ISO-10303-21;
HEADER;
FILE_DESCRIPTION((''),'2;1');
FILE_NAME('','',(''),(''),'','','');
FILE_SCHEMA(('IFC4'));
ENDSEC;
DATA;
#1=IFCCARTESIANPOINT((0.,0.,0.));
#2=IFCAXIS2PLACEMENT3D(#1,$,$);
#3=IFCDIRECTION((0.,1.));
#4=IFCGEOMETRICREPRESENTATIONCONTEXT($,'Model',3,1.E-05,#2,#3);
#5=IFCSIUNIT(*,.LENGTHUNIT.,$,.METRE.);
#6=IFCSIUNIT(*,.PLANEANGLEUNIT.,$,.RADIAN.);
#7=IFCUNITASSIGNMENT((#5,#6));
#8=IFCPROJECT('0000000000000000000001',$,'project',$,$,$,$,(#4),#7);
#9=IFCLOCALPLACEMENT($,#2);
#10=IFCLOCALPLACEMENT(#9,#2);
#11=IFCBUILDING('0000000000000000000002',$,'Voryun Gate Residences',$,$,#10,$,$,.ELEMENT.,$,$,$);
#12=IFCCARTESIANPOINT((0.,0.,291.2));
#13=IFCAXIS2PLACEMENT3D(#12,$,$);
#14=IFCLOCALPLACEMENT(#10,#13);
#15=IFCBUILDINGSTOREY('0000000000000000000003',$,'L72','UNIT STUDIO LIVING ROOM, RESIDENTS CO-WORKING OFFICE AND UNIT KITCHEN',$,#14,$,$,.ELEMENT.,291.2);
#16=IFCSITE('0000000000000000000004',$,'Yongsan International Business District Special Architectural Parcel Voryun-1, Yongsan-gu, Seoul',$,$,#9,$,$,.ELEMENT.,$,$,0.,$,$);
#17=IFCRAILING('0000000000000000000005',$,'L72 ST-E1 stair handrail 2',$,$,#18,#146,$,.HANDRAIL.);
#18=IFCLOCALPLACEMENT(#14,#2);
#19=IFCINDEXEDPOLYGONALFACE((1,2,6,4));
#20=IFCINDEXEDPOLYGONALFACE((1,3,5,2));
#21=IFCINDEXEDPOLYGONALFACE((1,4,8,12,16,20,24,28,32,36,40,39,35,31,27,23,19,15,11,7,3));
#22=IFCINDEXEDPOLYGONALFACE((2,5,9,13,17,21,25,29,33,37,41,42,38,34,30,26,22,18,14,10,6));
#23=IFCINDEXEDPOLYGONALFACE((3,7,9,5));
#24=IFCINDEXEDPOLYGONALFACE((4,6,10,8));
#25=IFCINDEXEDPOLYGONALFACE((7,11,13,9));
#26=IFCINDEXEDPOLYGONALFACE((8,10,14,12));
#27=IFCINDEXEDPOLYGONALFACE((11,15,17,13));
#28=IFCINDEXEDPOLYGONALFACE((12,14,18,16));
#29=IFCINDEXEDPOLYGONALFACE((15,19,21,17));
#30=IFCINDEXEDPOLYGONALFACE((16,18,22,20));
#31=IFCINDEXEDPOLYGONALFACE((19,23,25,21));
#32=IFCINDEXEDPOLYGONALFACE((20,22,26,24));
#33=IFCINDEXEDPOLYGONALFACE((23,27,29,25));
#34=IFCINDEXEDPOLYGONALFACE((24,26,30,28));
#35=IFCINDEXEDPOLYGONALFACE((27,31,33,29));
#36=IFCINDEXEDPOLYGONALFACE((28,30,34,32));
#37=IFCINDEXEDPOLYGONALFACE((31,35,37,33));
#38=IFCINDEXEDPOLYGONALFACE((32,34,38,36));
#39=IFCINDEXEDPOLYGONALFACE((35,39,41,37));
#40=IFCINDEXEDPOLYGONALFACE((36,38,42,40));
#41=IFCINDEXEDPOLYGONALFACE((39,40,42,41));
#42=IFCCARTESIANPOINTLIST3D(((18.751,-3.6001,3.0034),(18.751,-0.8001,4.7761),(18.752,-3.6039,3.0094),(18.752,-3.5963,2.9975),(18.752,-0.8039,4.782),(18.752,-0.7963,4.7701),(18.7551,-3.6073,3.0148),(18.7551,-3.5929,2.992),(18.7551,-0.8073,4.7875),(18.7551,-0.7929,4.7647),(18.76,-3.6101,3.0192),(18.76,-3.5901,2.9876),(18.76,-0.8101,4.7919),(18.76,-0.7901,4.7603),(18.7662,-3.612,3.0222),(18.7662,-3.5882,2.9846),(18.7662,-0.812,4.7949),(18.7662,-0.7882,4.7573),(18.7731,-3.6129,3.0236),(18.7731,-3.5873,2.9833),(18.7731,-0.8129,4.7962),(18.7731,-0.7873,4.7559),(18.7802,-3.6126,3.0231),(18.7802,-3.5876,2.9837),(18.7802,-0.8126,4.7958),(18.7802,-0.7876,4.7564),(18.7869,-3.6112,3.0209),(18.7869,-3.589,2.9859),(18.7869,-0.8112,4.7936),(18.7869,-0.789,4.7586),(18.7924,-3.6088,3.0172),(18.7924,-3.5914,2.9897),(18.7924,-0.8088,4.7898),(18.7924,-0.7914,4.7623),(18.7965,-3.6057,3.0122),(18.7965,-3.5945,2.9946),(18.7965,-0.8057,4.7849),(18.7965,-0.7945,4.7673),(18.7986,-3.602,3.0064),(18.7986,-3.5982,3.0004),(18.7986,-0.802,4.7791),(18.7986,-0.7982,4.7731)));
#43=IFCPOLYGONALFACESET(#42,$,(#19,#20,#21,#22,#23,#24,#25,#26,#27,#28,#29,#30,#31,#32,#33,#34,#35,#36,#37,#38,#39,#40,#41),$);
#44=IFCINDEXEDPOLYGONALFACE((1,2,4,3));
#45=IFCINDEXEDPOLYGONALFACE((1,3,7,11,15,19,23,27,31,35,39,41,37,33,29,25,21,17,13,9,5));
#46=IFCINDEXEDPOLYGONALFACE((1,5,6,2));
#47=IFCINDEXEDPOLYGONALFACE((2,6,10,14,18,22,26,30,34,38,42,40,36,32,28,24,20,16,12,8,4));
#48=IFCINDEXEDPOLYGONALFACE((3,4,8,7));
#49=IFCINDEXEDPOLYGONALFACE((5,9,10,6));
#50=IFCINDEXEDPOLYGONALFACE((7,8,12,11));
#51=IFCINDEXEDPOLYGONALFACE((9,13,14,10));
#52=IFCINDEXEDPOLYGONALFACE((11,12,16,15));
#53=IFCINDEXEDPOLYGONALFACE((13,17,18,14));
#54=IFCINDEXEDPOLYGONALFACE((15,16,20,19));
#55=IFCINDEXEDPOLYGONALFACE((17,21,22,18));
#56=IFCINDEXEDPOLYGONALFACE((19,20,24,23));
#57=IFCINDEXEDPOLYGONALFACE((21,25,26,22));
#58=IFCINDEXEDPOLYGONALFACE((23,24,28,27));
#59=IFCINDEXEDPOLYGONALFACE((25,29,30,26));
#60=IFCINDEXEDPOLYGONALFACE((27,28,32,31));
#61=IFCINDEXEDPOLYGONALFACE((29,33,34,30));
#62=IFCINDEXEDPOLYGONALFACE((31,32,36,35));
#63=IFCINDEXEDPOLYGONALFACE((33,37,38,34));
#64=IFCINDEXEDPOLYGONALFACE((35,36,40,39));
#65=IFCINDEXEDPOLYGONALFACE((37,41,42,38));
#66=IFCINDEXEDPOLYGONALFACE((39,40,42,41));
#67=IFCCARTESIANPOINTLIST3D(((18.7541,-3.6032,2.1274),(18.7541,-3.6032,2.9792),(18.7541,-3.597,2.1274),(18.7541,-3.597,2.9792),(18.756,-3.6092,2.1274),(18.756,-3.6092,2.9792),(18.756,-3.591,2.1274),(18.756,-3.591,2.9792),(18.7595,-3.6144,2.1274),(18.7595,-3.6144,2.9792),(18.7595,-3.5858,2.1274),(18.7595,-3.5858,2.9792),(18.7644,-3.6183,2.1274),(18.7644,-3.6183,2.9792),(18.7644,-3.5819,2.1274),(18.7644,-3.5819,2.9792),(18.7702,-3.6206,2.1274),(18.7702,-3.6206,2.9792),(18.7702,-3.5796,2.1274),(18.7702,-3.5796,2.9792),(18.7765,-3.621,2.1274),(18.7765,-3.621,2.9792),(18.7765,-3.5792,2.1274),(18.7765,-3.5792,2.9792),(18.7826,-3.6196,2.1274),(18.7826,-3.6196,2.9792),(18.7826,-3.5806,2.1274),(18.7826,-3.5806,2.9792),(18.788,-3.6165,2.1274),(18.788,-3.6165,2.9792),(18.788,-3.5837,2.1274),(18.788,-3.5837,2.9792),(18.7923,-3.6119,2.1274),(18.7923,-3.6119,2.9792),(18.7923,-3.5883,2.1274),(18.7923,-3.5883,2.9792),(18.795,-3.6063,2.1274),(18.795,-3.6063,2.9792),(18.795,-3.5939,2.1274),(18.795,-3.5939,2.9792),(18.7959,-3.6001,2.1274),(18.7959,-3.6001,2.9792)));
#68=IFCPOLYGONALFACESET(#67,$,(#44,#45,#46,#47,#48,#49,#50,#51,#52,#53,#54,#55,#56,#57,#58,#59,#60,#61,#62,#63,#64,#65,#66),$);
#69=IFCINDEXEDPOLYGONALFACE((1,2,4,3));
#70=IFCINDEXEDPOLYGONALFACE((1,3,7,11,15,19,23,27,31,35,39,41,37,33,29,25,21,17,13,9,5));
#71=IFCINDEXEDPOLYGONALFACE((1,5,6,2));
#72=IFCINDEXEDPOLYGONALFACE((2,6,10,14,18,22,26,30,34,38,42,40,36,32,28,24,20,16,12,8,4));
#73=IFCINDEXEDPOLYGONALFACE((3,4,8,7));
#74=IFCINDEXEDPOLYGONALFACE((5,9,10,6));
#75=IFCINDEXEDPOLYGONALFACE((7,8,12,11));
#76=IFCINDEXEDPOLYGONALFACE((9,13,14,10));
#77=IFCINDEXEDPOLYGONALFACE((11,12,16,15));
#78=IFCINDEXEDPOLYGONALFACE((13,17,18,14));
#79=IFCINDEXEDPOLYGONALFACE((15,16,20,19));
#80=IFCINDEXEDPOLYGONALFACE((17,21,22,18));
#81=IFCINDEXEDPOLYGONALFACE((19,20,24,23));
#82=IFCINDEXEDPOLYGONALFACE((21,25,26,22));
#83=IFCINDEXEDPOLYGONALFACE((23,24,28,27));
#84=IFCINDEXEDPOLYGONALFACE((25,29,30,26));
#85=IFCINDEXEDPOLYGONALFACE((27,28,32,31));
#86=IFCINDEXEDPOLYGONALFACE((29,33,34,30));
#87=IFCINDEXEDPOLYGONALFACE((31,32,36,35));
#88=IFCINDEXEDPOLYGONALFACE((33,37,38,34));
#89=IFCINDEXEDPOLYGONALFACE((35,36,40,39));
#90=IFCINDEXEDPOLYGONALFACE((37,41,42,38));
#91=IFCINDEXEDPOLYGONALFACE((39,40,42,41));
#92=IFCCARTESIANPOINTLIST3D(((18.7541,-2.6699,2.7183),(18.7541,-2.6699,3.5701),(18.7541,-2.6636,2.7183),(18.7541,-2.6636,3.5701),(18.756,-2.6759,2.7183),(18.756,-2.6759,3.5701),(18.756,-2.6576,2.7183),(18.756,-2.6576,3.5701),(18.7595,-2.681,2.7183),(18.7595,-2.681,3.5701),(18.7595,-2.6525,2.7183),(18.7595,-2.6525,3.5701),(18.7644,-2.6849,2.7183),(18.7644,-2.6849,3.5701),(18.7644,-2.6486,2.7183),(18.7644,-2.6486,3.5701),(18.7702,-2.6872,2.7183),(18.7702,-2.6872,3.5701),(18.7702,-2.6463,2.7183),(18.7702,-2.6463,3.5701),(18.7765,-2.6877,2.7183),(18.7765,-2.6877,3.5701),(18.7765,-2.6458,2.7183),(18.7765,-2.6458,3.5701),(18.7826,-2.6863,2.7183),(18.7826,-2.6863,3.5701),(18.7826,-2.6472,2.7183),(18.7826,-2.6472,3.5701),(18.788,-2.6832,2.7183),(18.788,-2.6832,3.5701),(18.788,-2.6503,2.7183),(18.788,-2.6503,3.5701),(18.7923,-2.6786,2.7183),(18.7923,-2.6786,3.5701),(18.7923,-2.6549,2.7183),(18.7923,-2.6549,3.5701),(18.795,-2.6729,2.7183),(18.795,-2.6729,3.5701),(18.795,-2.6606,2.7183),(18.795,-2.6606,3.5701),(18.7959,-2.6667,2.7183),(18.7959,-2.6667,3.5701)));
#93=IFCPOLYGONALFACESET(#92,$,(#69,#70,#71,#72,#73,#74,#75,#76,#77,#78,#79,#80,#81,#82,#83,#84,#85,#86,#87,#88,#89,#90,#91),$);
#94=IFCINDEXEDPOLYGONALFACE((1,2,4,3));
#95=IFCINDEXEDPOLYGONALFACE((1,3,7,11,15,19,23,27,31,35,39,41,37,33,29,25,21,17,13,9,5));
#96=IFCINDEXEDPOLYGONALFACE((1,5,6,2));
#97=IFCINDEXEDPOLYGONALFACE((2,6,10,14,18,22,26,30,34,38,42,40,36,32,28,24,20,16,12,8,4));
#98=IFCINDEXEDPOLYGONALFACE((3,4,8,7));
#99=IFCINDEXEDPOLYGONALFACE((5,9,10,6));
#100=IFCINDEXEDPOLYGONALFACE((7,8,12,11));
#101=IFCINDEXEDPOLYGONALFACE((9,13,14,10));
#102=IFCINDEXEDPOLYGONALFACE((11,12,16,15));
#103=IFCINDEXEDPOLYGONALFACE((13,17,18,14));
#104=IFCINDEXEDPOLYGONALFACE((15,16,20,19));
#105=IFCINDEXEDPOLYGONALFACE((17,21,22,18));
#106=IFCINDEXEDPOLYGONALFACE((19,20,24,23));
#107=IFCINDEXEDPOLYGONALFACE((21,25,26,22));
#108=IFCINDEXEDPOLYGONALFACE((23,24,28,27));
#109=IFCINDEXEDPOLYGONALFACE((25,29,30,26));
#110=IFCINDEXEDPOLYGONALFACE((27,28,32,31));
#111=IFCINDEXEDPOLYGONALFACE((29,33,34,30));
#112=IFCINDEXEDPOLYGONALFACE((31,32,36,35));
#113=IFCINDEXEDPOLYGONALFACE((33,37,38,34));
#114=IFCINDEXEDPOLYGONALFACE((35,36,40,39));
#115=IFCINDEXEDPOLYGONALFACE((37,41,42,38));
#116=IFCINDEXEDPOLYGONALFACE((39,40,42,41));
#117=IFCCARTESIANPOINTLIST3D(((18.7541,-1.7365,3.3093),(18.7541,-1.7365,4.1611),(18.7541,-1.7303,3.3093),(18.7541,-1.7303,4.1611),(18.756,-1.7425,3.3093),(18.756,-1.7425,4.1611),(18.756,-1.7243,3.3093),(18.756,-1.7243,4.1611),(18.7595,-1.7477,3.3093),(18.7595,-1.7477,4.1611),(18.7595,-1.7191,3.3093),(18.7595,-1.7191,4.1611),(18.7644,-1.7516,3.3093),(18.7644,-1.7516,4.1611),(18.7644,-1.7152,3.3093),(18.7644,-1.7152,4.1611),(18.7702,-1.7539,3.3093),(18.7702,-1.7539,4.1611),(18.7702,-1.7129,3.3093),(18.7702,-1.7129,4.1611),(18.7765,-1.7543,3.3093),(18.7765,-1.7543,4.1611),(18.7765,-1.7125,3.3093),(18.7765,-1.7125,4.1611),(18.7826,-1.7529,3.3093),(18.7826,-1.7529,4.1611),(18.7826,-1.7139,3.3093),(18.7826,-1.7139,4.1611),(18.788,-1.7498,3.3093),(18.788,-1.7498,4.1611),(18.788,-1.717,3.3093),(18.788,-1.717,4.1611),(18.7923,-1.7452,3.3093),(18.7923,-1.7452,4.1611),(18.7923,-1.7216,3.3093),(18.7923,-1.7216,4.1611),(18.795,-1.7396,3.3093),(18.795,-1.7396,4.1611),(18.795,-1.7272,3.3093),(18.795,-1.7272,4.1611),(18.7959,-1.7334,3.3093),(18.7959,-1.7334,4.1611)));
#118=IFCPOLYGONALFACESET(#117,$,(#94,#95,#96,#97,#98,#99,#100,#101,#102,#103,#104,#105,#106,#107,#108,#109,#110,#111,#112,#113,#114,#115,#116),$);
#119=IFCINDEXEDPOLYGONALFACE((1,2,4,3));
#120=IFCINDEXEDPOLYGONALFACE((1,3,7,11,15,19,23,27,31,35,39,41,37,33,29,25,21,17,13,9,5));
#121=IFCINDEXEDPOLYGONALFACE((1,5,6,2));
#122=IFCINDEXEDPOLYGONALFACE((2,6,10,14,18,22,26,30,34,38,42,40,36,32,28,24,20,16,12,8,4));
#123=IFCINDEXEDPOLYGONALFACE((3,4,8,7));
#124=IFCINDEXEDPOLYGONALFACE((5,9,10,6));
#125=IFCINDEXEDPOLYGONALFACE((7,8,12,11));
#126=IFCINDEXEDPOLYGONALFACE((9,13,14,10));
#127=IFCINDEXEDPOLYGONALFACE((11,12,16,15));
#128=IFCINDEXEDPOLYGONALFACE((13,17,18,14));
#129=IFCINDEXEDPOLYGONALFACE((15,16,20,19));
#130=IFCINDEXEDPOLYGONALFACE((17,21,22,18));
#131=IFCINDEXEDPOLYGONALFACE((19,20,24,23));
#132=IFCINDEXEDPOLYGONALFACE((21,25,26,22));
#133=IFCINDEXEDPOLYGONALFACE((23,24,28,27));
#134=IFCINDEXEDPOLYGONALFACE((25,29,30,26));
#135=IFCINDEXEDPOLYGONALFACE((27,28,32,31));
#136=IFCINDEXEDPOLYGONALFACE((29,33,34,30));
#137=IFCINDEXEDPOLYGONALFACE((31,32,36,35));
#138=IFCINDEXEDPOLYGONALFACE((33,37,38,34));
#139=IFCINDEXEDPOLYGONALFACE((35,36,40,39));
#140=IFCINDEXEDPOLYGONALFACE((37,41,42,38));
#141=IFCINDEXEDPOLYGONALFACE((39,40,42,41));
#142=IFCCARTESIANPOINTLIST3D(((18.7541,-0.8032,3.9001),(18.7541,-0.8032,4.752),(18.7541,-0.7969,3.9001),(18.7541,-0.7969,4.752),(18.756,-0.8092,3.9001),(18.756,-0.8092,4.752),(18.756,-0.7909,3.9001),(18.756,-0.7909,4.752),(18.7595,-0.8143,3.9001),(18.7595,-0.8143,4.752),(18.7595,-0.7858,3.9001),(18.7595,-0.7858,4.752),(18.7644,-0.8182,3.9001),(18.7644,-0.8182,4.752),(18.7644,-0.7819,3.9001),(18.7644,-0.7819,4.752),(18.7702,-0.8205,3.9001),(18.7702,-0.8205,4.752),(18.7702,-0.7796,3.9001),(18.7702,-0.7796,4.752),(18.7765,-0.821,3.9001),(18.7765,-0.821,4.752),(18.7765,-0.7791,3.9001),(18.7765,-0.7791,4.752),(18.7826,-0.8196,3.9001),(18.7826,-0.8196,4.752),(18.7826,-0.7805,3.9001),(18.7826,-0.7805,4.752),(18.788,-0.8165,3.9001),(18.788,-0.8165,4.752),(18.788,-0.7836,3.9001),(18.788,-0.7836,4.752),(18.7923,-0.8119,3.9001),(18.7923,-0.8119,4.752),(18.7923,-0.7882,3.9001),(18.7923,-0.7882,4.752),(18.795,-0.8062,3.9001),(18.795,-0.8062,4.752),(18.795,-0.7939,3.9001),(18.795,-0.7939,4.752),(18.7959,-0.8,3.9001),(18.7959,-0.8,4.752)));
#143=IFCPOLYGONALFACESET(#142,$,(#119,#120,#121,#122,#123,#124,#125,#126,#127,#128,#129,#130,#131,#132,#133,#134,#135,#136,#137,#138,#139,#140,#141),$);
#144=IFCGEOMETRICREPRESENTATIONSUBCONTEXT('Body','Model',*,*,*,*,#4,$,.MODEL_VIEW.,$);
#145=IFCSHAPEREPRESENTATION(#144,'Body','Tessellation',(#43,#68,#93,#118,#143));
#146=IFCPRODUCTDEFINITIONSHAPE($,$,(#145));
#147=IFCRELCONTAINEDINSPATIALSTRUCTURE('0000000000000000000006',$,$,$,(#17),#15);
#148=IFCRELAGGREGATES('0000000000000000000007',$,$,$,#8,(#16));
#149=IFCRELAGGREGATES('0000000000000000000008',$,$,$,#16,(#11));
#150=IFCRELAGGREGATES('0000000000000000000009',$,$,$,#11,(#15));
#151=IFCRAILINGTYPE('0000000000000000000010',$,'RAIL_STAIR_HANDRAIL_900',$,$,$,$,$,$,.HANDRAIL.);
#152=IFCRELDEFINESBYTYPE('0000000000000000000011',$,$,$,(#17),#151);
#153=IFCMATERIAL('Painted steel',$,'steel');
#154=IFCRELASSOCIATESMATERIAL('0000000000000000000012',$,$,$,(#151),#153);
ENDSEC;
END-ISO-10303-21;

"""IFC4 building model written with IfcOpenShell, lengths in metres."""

from ifc_helpers import new_model, si_unit, direction, frame, origin, origin_2d, place, context, subcontext, project, spatial, circle, extrude, material, type_object, element, save


model = new_model("IFC4")

# Units and contexts
model_context = context("Model", 3, precision=1e-05, world=origin(), true_north=direction((0.0, 1.0)))
body_context = subcontext(model_context, "Body", "Model", "MODEL_VIEW")
ifc_project = project(units=[si_unit("LENGTHUNIT", "METRE"), si_unit("PLANEANGLEUNIT", "RADIAN")], contexts=[model_context])

# Site, building, storey
site_placement = place(None, origin())
site = spatial("IfcSite", under=ifc_project, at=site_placement, Name="Yongsan International Business District Special Architectural Parcel Voryun-1, Yongsan-gu, Seoul", CompositionType="ELEMENT", RefElevation=0.0)
building_placement = place(site_placement, origin())
building = spatial("IfcBuilding", under=site, at=building_placement, Name="Voryun Gate Residences", CompositionType="ELEMENT")
storey_placement = place(building_placement, frame((0.0, 0.0, 291.2)))
storey = spatial("IfcBuildingStorey", under=building, at=storey_placement, Name="L72", Description="UNIT STUDIO LIVING ROOM, RESIDENTS CO-WORKING OFFICE AND UNIT KITCHEN", CompositionType="ELEMENT", Elevation=291.2)

# Railing
ifc_material_1 = material(Name="Painted steel", Category="steel")
railing_type_1 = type_object("IfcRailingType", Name="RAIL_STAIR_HANDRAIL_900", PredefinedType="HANDRAIL", material=ifc_material_1)
railing_1_placement = place(storey_placement, frame((18.7749, -3.6001, 2.1274)))
element("IfcRailing", 1, at=railing_1_placement, inside=storey, type_object=railing_type_1, Name="L72 ST-E1 stair handrail 2", PredefinedType="HANDRAIL", context=body_context, shape_type="SweptSolid", body=[
    extrude(circle(Radius=0.0239, at=origin_2d()), frame((0.0, 0.0, 0.876), z_axis=(0.0, 0.844909, 0.53491), x_axis=(-1.0, 0.0, 0.0)), (0.0, 0.0, 1.0), 3.314),
    extrude(circle(Radius=0.021, at=origin_2d()), origin(), (0.0, 0.0, 1.0), 0.8518),
    extrude(circle(Radius=0.021, at=origin_2d()), frame((0.0, 0.9333, 0.5908)), (0.0, 0.0, 1.0), 0.8518),
    extrude(circle(Radius=0.021, at=origin_2d()), frame((0.0, 1.8667, 1.1819)), (0.0, 0.0, 1.0), 0.8518),
    extrude(circle(Radius=0.021, at=origin_2d()), frame((0.0, 2.8, 1.7727)), (0.0, 0.0, 1.0), 0.8518),
])

save(model, "model.ifc")
